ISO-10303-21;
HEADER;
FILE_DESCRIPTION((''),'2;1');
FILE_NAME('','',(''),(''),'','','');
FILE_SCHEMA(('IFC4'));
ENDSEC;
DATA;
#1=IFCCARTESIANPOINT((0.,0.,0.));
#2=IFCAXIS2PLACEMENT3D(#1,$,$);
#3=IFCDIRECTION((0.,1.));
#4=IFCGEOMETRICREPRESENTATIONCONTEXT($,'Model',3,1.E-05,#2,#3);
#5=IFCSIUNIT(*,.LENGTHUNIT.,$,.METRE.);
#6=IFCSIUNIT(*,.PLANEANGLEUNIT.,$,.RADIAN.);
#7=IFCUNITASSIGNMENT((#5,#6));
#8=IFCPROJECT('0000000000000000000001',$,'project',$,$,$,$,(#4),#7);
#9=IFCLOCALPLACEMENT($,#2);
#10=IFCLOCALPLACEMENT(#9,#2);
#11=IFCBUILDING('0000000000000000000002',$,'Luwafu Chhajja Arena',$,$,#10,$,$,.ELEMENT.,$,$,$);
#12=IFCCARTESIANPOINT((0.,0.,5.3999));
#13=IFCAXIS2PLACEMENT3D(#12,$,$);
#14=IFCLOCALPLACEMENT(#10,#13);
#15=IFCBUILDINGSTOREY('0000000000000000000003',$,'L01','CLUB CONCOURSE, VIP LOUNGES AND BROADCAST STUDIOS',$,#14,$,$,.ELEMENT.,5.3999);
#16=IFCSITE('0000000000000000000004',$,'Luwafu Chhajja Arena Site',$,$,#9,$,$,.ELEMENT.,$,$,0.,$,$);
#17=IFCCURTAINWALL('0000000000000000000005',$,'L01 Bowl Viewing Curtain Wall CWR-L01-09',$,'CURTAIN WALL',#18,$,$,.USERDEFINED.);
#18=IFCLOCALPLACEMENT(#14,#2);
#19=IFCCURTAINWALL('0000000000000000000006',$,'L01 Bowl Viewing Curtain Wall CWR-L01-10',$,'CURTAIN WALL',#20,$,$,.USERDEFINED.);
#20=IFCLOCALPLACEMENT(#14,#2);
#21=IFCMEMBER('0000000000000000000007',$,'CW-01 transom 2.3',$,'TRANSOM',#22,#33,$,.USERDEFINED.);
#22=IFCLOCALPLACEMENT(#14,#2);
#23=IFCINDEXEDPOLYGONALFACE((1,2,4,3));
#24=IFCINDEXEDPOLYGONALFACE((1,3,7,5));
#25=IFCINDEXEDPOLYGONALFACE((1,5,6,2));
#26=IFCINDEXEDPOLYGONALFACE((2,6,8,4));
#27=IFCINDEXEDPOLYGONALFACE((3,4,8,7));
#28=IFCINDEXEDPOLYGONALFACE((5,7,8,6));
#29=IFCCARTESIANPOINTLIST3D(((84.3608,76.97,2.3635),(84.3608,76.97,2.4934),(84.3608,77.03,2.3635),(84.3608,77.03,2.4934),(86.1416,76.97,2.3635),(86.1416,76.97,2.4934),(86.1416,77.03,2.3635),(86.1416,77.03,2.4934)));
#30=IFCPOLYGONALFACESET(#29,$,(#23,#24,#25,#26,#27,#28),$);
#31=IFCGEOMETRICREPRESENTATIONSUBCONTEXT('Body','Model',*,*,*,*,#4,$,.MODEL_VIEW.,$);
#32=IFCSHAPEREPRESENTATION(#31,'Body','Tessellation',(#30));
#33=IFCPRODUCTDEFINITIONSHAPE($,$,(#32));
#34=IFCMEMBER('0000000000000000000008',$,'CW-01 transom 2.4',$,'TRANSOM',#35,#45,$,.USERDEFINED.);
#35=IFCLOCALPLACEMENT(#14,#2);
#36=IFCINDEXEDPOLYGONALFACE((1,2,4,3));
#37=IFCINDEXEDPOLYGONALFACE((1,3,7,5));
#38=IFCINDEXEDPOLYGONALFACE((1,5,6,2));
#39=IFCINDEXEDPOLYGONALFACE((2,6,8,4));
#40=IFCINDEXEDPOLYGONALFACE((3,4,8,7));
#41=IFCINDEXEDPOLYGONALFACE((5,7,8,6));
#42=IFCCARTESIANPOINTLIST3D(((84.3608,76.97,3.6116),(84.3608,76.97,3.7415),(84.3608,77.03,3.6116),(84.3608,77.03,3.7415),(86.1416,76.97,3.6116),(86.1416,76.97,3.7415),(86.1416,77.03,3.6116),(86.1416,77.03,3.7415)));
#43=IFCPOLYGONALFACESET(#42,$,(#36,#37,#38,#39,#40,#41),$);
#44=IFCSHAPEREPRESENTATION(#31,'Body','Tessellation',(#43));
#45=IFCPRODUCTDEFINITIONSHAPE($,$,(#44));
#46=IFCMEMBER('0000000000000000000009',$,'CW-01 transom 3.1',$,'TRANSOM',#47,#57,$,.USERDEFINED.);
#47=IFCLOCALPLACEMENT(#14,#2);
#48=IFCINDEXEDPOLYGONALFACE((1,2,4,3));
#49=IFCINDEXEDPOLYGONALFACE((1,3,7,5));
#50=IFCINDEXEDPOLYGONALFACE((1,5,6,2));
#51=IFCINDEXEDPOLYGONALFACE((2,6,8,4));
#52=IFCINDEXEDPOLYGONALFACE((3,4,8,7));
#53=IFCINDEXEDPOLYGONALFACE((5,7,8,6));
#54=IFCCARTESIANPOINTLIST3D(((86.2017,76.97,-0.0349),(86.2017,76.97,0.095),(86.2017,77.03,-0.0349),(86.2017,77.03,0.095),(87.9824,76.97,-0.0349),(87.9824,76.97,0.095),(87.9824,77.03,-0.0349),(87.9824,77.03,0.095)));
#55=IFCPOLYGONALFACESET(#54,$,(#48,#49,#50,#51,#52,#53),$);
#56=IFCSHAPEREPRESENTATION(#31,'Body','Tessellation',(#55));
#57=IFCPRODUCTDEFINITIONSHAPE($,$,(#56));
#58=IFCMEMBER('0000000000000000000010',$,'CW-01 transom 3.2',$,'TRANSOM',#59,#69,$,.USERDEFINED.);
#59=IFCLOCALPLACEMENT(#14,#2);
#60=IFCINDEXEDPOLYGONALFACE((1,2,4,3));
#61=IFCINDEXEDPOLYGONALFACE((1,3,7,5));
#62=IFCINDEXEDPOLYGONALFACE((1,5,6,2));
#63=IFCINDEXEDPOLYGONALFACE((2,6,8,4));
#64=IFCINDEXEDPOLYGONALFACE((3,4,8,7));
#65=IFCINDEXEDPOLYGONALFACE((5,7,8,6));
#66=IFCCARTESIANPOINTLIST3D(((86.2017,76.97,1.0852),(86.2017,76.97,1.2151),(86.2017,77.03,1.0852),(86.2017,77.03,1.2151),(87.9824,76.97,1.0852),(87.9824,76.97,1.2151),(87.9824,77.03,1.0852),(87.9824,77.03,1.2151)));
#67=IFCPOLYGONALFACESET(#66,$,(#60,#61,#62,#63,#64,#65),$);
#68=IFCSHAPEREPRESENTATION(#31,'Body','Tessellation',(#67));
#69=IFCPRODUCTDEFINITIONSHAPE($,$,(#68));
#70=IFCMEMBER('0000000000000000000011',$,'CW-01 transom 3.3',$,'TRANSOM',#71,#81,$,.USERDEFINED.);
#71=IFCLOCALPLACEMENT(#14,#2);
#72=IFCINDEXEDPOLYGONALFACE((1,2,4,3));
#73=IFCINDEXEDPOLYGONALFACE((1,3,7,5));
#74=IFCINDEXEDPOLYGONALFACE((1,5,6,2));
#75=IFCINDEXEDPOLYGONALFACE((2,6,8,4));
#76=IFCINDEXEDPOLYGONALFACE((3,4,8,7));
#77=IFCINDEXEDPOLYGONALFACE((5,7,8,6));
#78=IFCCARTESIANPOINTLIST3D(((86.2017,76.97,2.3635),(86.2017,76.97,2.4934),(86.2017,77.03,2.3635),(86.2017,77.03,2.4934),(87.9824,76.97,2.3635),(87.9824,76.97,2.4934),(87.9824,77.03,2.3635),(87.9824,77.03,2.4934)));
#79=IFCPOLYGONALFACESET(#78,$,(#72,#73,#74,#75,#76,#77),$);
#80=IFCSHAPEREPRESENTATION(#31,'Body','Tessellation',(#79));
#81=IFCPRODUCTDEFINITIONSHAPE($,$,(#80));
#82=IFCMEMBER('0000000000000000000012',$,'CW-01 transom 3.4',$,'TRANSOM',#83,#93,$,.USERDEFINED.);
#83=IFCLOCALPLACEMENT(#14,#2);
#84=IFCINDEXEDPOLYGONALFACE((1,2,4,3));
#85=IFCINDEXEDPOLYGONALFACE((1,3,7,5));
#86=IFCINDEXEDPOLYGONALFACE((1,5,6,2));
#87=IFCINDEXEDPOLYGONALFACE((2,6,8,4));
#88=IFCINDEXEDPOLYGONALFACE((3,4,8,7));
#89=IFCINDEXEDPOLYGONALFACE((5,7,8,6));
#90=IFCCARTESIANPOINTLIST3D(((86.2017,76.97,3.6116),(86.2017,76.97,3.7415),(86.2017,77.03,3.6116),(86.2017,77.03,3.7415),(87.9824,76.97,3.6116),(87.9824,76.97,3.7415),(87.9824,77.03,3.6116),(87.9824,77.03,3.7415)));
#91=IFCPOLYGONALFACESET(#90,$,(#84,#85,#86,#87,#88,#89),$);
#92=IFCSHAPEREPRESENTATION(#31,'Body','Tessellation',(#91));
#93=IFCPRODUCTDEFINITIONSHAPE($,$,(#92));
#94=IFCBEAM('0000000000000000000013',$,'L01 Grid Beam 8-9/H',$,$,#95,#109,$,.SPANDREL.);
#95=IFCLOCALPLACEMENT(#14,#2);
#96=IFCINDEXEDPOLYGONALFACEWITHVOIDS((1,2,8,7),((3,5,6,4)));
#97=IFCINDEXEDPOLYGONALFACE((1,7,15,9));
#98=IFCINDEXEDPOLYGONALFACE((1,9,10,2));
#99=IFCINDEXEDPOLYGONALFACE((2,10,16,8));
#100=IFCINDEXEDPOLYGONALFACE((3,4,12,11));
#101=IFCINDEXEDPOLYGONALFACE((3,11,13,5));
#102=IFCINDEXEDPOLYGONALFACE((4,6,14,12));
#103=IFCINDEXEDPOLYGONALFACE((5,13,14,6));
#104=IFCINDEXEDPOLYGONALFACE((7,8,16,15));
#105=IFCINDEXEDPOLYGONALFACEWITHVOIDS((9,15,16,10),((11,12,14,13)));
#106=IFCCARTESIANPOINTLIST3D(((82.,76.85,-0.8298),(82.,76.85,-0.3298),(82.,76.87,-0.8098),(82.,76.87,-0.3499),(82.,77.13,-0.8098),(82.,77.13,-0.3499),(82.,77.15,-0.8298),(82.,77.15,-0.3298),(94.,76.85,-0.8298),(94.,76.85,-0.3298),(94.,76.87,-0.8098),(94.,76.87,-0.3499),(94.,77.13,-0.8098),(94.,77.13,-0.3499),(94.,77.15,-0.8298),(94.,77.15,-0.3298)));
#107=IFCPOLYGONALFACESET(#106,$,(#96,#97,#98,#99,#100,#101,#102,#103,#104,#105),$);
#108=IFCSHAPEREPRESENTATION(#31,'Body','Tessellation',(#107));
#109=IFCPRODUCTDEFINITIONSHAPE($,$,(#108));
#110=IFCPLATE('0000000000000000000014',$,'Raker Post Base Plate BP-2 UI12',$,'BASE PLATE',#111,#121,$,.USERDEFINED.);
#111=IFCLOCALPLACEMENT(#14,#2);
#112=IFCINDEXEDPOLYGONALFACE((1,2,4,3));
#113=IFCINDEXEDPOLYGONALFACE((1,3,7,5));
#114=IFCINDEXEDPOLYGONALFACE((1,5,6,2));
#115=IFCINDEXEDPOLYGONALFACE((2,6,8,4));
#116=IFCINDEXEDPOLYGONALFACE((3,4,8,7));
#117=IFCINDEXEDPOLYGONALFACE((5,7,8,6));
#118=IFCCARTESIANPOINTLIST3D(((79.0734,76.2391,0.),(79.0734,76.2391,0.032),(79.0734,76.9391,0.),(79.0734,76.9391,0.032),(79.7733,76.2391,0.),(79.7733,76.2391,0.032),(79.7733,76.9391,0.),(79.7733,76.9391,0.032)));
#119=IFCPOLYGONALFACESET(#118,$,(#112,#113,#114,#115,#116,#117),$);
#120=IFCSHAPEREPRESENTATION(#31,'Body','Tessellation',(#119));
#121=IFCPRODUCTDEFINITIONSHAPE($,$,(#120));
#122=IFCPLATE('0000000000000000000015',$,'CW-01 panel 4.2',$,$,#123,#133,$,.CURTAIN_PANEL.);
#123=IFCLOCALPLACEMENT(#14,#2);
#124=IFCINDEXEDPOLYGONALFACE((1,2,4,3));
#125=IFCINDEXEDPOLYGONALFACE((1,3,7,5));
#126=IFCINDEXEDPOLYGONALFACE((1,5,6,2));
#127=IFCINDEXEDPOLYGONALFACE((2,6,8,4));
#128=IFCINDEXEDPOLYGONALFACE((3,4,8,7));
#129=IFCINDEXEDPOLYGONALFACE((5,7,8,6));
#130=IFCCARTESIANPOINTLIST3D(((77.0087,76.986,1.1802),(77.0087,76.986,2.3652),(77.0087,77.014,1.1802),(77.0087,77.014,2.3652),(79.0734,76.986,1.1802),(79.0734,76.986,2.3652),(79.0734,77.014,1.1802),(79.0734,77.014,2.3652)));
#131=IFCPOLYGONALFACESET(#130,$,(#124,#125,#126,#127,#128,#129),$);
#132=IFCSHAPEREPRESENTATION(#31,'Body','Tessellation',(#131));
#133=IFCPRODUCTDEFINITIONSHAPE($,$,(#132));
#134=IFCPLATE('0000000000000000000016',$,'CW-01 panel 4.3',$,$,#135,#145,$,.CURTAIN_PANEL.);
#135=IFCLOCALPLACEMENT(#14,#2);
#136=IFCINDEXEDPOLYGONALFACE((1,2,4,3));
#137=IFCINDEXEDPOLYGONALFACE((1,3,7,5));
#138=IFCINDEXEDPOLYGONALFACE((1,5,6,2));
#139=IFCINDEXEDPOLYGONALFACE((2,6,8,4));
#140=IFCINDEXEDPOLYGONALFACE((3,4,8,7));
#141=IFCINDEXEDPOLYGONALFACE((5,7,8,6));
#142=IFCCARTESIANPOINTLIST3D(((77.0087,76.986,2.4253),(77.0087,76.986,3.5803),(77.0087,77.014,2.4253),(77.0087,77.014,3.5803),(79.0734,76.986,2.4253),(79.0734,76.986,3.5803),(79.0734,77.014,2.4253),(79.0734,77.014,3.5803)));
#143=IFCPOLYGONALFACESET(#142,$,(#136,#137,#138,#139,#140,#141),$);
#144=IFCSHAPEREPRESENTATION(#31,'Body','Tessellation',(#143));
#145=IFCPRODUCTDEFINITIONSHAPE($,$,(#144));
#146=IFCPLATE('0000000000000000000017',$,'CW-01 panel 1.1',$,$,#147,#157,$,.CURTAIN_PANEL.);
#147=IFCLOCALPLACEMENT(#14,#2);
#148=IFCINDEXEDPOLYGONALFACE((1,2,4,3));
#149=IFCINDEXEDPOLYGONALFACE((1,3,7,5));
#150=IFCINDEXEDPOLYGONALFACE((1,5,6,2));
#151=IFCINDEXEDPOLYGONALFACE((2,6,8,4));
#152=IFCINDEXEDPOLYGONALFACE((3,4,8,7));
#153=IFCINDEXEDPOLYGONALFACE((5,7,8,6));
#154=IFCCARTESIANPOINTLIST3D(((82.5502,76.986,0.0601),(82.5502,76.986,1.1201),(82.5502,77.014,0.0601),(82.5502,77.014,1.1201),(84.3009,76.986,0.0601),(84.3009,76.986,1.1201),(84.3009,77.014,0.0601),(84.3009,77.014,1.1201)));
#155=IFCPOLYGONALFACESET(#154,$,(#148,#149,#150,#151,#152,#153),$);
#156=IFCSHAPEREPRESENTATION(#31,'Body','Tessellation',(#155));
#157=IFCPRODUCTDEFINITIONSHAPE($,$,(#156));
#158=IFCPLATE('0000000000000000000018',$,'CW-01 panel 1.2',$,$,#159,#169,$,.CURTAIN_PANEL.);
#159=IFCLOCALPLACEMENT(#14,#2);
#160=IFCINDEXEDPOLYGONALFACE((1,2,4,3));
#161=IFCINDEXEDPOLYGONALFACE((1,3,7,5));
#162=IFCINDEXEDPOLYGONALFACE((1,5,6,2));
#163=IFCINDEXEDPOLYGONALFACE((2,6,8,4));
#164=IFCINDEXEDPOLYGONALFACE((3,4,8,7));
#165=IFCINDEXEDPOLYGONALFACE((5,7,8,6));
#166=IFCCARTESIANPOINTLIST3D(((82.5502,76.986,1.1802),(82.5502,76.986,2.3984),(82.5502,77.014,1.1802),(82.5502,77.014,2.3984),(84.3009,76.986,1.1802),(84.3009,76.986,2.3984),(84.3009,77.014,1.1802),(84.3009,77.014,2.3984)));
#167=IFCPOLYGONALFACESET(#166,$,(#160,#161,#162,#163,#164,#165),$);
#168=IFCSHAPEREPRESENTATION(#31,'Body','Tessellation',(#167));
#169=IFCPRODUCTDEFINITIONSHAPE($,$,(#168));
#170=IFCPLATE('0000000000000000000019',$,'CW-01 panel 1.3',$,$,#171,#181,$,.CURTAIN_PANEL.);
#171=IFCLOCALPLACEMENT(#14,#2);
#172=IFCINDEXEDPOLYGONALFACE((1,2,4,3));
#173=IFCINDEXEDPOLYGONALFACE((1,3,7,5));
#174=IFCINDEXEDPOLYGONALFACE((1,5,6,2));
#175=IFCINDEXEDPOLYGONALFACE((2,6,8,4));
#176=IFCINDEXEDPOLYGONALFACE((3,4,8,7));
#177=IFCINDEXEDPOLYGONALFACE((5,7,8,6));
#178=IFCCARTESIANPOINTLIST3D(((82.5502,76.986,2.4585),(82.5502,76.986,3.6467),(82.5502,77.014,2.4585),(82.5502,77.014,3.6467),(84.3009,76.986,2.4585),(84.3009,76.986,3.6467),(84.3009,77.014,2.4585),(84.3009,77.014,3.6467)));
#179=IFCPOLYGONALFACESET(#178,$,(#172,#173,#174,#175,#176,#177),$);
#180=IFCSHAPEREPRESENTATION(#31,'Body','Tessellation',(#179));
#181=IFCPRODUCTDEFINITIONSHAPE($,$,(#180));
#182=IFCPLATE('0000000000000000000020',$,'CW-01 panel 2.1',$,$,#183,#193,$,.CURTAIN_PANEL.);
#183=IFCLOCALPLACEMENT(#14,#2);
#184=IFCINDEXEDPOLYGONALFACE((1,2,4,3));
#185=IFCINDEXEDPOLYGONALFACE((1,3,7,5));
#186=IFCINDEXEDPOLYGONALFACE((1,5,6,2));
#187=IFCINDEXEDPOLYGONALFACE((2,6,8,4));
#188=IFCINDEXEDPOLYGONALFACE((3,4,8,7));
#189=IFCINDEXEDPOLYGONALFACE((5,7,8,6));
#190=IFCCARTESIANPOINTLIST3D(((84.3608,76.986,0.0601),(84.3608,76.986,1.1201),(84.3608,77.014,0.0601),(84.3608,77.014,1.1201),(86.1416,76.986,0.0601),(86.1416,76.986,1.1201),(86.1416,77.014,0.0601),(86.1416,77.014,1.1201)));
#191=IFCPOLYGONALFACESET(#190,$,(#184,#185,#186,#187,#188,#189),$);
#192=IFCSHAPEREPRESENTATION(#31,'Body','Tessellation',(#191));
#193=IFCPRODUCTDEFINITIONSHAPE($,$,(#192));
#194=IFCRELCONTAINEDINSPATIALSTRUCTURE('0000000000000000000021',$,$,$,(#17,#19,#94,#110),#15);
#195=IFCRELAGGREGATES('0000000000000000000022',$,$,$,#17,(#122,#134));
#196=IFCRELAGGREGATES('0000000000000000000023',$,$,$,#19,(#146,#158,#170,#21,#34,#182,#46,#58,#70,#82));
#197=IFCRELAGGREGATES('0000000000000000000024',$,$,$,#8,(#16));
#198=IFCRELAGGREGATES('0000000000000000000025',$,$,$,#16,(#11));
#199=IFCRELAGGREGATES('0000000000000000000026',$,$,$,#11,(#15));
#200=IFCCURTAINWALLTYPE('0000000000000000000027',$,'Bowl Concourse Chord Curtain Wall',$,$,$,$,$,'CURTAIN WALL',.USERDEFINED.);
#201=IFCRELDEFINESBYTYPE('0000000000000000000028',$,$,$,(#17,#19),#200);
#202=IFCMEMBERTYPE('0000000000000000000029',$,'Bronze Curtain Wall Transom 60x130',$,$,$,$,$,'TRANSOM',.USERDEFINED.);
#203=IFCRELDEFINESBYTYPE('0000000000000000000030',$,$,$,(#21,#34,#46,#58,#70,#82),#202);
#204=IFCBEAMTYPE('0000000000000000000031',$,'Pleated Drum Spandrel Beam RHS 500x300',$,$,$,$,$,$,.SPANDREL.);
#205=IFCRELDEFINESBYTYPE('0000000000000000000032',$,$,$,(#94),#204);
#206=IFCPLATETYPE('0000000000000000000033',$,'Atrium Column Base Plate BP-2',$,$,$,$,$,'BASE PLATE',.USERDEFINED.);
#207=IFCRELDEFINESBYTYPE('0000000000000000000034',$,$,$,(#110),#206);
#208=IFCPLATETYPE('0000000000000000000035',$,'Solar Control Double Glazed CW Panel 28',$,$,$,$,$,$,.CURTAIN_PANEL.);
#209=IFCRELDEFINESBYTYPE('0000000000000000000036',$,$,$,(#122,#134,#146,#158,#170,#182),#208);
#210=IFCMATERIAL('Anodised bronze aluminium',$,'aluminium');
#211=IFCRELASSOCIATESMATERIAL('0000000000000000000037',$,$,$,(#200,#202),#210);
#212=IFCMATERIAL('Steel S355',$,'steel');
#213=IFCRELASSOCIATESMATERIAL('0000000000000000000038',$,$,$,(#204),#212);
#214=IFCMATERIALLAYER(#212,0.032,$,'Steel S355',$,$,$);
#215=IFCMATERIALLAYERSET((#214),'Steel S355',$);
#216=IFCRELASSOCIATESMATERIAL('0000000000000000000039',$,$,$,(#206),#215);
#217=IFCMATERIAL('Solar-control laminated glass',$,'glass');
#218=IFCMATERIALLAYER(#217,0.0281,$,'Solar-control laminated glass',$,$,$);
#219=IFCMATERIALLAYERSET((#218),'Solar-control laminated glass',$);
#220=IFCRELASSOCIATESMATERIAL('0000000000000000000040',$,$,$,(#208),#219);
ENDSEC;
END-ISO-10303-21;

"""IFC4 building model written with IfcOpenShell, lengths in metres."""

from ifc_helpers import new_model, si_unit, direction, frame, origin, origin_2d, place, context, subcontext, project, spatial, rectangle, hollow_rectangle, extrude, material, layer, layer_set, material_profile, profile_set, type_object, element, aggregate, save


model = new_model("IFC4")

# Units and contexts
model_context = context("Model", 3, precision=1e-05, world=origin(), true_north=direction((0.0, 1.0)))
body_context = subcontext(model_context, "Body", "Model", "MODEL_VIEW")
ifc_project = project(units=[si_unit("LENGTHUNIT", "METRE"), si_unit("PLANEANGLEUNIT", "RADIAN")], contexts=[model_context])

# Site, building, storey
site_placement = place(None, origin())
site = spatial("IfcSite", under=ifc_project, at=site_placement, Name="Luwafu Chhajja Arena Site", CompositionType="ELEMENT", RefElevation=0.0)
building_placement = place(site_placement, origin())
building = spatial("IfcBuilding", under=site, at=building_placement, Name="Luwafu Chhajja Arena", CompositionType="ELEMENT")
storey_placement = place(building_placement, frame((0.0, 0.0, 5.3999)))
storey = spatial("IfcBuildingStorey", under=building, at=storey_placement, Name="L01", Description="CLUB CONCOURSE, VIP LOUNGES AND BROADCAST STUDIOS", CompositionType="ELEMENT", Elevation=5.3999)

# Shared definitions
ifc_material_1 = material(Name="Steel S355", Category="steel")

# Curtain wall
ifc_material_2 = material(Name="Anodised bronze aluminium", Category="aluminium")
curtain_wall_type = type_object("IfcCurtainWallType", Name="Bowl Concourse Chord Curtain Wall", ElementType="CURTAIN WALL", PredefinedType="USERDEFINED", material=ifc_material_2)
curtain_wall_1_placement = place(storey_placement, origin())
curtain_wall_1 = element("IfcCurtainWall", 1, at=curtain_wall_1_placement, inside=storey, type_object=curtain_wall_type, Name="L01 Bowl Viewing Curtain Wall CWR-L01-09", ObjectType="CURTAIN WALL", PredefinedType="USERDEFINED")

# Curtain wall, members
curtain_wall_2_placement = place(storey_placement, origin())
curtain_wall_2 = element("IfcCurtainWall", 2, at=curtain_wall_2_placement, inside=storey, type_object=curtain_wall_type, Name="L01 Bowl Viewing Curtain Wall CWR-L01-10", ObjectType="CURTAIN WALL", PredefinedType="USERDEFINED")
ifc_material_profile_1 = material_profile(ifc_material_2, rectangle(XDim=0.0601, YDim=0.1299, at=origin_2d()), Name="CWT 60x130")
ifc_profile_set_1 = profile_set([ifc_material_profile_1], Name="Anodised bronze aluminium")
member_type_1 = type_object("IfcMemberType", Name="Bronze Curtain Wall Transom 60x130", ElementType="TRANSOM", PredefinedType="USERDEFINED", material=ifc_profile_set_1)
member_1_placement = place(storey_placement, frame((84.3608, 77.0, 2.4285), z_axis=(1.0, 0.0, 0.0), x_axis=(0.0, 1.0, 0.0)))
member_1 = element("IfcMember", 3, at=member_1_placement, type_object=member_type_1, Name="CW-01 transom 2.3", ObjectType="TRANSOM", PredefinedType="USERDEFINED", context=body_context, shape_type="SweptSolid", body=[
    extrude(rectangle(XDim=0.0601, YDim=0.1299, at=origin_2d()), origin(), (0.0, 0.0, 1.0), 1.7808),
])
member_2_placement = place(storey_placement, frame((84.3608, 77.0, 3.6765), z_axis=(1.0, 0.0, 0.0), x_axis=(0.0, 1.0, 0.0)))
member_2 = element("IfcMember", 4, at=member_2_placement, type_object=member_type_1, Name="CW-01 transom 2.4", ObjectType="TRANSOM", PredefinedType="USERDEFINED", context=body_context, shape_type="SweptSolid", body=[
    extrude(rectangle(XDim=0.0601, YDim=0.1299, at=origin_2d()), origin(), (0.0, 0.0, 1.0), 1.7808),
])
member_3_placement = place(storey_placement, frame((86.2017, 77.0, 0.03), z_axis=(1.0, 0.0, 0.0), x_axis=(0.0, 1.0, 0.0)))
member_3 = element("IfcMember", 5, at=member_3_placement, type_object=member_type_1, Name="CW-01 transom 3.1", ObjectType="TRANSOM", PredefinedType="USERDEFINED", context=body_context, shape_type="SweptSolid", body=[
    extrude(rectangle(XDim=0.0601, YDim=0.1299, at=origin_2d()), origin(), (0.0, 0.0, 1.0), 1.7808),
])
member_4_placement = place(storey_placement, frame((86.2017, 77.0, 1.1501), z_axis=(1.0, 0.0, 0.0), x_axis=(0.0, 1.0, 0.0)))
member_4 = element("IfcMember", 6, at=member_4_placement, type_object=member_type_1, Name="CW-01 transom 3.2", ObjectType="TRANSOM", PredefinedType="USERDEFINED", context=body_context, shape_type="SweptSolid", body=[
    extrude(rectangle(XDim=0.0601, YDim=0.1299, at=origin_2d()), origin(), (0.0, 0.0, 1.0), 1.7808),
])
member_5_placement = place(storey_placement, frame((86.2017, 77.0, 2.4285), z_axis=(1.0, 0.0, 0.0), x_axis=(0.0, 1.0, 0.0)))
member_5 = element("IfcMember", 7, at=member_5_placement, type_object=member_type_1, Name="CW-01 transom 3.3", ObjectType="TRANSOM", PredefinedType="USERDEFINED", context=body_context, shape_type="SweptSolid", body=[
    extrude(rectangle(XDim=0.0601, YDim=0.1299, at=origin_2d()), origin(), (0.0, 0.0, 1.0), 1.7808),
])
member_6_placement = place(storey_placement, frame((86.2017, 77.0, 3.6765), z_axis=(1.0, 0.0, 0.0), x_axis=(0.0, 1.0, 0.0)))
member_6 = element("IfcMember", 8, at=member_6_placement, type_object=member_type_1, Name="CW-01 transom 3.4", ObjectType="TRANSOM", PredefinedType="USERDEFINED", context=body_context, shape_type="SweptSolid", body=[
    extrude(rectangle(XDim=0.0601, YDim=0.1299, at=origin_2d()), origin(), (0.0, 0.0, 1.0), 1.7808),
])

# Beam
ifc_material_profile_2 = material_profile(ifc_material_1, hollow_rectangle(XDim=0.3, YDim=0.5, WallThickness=0.02, at=origin_2d()), Name="RHS 500x300x20")
ifc_profile_set_2 = profile_set([ifc_material_profile_2], Name="Steel S355")
beam_type_1 = type_object("IfcBeamType", Name="Pleated Drum Spandrel Beam RHS 500x300", PredefinedType="SPANDREL", material=ifc_profile_set_2)
beam_1_placement = place(storey_placement, frame((82.0, 77.0, -0.5798), z_axis=(1.0, 0.0, 0.0), x_axis=(0.0, 1.0, 0.0)))
element("IfcBeam", 9, at=beam_1_placement, inside=storey, type_object=beam_type_1, Name="L01 Grid Beam 8-9/H", PredefinedType="SPANDREL", context=body_context, shape_type="SweptSolid", body=[
    extrude(hollow_rectangle(XDim=0.3, YDim=0.5, WallThickness=0.02, at=origin_2d()), origin(), (0.0, 0.0, 1.0), 12.0),
])

# Plates
ifc_layer_1 = layer(ifc_material_1, 0.032, Name="Steel S355")
ifc_layer_set_1 = layer_set([ifc_layer_1], Name="Steel S355")
plate_type_1 = type_object("IfcPlateType", Name="Atrium Column Base Plate BP-2", ElementType="BASE PLATE", PredefinedType="USERDEFINED", material=ifc_layer_set_1)
plate_1_placement = place(storey_placement, frame((79.4233, 76.5891, 0.0), z_axis=(0.0, 0.0, 1.0), x_axis=(1.0, 0.0, 0.0)))
element("IfcPlate", 10, at=plate_1_placement, inside=storey, type_object=plate_type_1, Name="Raker Post Base Plate BP-2 UI12", ObjectType="BASE PLATE", PredefinedType="USERDEFINED", context=body_context, shape_type="SweptSolid", body=[
    extrude(rectangle(XDim=0.7, YDim=0.7, at=origin_2d()), origin(), (0.0, 0.0, 1.0), 0.032),
])
ifc_material_3 = material(Name="Solar-control laminated glass", Category="glass")
ifc_layer_2 = layer(ifc_material_3, 0.0281, Name="Solar-control laminated glass")
ifc_layer_set_2 = layer_set([ifc_layer_2], Name="Solar-control laminated glass")
plate_type_2 = type_object("IfcPlateType", Name="Solar Control Double Glazed CW Panel 28", PredefinedType="CURTAIN_PANEL", material=ifc_layer_set_2)
plate_2_placement = place(storey_placement, frame((78.041, 77.0, 1.1802), z_axis=(0.0, 0.0, 1.0), x_axis=(1.0, 0.0, 0.0)))
plate_2 = element("IfcPlate", 11, at=plate_2_placement, type_object=plate_type_2, Name="CW-01 panel 4.2", PredefinedType="CURTAIN_PANEL", context=body_context, shape_type="SweptSolid", body=[
    extrude(rectangle(XDim=2.0647, YDim=0.0281, at=origin_2d()), origin(), (0.0, 0.0, 1.0), 1.1851),
])
plate_3_placement = place(storey_placement, frame((78.041, 77.0, 2.4253), z_axis=(0.0, 0.0, 1.0), x_axis=(1.0, 0.0, 0.0)))
plate_3 = element("IfcPlate", 12, at=plate_3_placement, type_object=plate_type_2, Name="CW-01 panel 4.3", PredefinedType="CURTAIN_PANEL", context=body_context, shape_type="SweptSolid", body=[
    extrude(rectangle(XDim=2.0647, YDim=0.0281, at=origin_2d()), origin(), (0.0, 0.0, 1.0), 1.155),
])
aggregate(curtain_wall_1, [plate_2, plate_3])
plate_4_placement = place(storey_placement, frame((83.4255, 77.0, 0.0601), z_axis=(0.0, 0.0, 1.0), x_axis=(1.0, 0.0, 0.0)))
plate_4 = element("IfcPlate", 13, at=plate_4_placement, type_object=plate_type_2, Name="CW-01 panel 1.1", PredefinedType="CURTAIN_PANEL", context=body_context, shape_type="SweptSolid", body=[
    extrude(rectangle(XDim=1.7507, YDim=0.0281, at=origin_2d()), origin(), (0.0, 0.0, 1.0), 1.0601),
])
plate_5_placement = place(storey_placement, frame((83.4255, 77.0, 1.1802), z_axis=(0.0, 0.0, 1.0), x_axis=(1.0, 0.0, 0.0)))
plate_5 = element("IfcPlate", 14, at=plate_5_placement, type_object=plate_type_2, Name="CW-01 panel 1.2", PredefinedType="CURTAIN_PANEL", context=body_context, shape_type="SweptSolid", body=[
    extrude(rectangle(XDim=1.7507, YDim=0.0281, at=origin_2d()), origin(), (0.0, 0.0, 1.0), 1.2183),
])
plate_6_placement = place(storey_placement, frame((83.4255, 77.0, 2.4585), z_axis=(0.0, 0.0, 1.0), x_axis=(1.0, 0.0, 0.0)))
plate_6 = element("IfcPlate", 15, at=plate_6_placement, type_object=plate_type_2, Name="CW-01 panel 1.3", PredefinedType="CURTAIN_PANEL", context=body_context, shape_type="SweptSolid", body=[
    extrude(rectangle(XDim=1.7507, YDim=0.0281, at=origin_2d()), origin(), (0.0, 0.0, 1.0), 1.1882),
])
plate_7_placement = place(storey_placement, frame((85.2512, 77.0, 0.0601), z_axis=(0.0, 0.0, 1.0), x_axis=(1.0, 0.0, 0.0)))
plate_7 = element("IfcPlate", 16, at=plate_7_placement, type_object=plate_type_2, Name="CW-01 panel 2.1", PredefinedType="CURTAIN_PANEL", context=body_context, shape_type="SweptSolid", body=[
    extrude(rectangle(XDim=1.7808, YDim=0.0281, at=origin_2d()), origin(), (0.0, 0.0, 1.0), 1.0601),
])
aggregate(curtain_wall_2, [plate_4, plate_5, plate_6, member_1, member_2, plate_7, member_3, member_4, member_5, member_6])

save(model, "model.ifc")
